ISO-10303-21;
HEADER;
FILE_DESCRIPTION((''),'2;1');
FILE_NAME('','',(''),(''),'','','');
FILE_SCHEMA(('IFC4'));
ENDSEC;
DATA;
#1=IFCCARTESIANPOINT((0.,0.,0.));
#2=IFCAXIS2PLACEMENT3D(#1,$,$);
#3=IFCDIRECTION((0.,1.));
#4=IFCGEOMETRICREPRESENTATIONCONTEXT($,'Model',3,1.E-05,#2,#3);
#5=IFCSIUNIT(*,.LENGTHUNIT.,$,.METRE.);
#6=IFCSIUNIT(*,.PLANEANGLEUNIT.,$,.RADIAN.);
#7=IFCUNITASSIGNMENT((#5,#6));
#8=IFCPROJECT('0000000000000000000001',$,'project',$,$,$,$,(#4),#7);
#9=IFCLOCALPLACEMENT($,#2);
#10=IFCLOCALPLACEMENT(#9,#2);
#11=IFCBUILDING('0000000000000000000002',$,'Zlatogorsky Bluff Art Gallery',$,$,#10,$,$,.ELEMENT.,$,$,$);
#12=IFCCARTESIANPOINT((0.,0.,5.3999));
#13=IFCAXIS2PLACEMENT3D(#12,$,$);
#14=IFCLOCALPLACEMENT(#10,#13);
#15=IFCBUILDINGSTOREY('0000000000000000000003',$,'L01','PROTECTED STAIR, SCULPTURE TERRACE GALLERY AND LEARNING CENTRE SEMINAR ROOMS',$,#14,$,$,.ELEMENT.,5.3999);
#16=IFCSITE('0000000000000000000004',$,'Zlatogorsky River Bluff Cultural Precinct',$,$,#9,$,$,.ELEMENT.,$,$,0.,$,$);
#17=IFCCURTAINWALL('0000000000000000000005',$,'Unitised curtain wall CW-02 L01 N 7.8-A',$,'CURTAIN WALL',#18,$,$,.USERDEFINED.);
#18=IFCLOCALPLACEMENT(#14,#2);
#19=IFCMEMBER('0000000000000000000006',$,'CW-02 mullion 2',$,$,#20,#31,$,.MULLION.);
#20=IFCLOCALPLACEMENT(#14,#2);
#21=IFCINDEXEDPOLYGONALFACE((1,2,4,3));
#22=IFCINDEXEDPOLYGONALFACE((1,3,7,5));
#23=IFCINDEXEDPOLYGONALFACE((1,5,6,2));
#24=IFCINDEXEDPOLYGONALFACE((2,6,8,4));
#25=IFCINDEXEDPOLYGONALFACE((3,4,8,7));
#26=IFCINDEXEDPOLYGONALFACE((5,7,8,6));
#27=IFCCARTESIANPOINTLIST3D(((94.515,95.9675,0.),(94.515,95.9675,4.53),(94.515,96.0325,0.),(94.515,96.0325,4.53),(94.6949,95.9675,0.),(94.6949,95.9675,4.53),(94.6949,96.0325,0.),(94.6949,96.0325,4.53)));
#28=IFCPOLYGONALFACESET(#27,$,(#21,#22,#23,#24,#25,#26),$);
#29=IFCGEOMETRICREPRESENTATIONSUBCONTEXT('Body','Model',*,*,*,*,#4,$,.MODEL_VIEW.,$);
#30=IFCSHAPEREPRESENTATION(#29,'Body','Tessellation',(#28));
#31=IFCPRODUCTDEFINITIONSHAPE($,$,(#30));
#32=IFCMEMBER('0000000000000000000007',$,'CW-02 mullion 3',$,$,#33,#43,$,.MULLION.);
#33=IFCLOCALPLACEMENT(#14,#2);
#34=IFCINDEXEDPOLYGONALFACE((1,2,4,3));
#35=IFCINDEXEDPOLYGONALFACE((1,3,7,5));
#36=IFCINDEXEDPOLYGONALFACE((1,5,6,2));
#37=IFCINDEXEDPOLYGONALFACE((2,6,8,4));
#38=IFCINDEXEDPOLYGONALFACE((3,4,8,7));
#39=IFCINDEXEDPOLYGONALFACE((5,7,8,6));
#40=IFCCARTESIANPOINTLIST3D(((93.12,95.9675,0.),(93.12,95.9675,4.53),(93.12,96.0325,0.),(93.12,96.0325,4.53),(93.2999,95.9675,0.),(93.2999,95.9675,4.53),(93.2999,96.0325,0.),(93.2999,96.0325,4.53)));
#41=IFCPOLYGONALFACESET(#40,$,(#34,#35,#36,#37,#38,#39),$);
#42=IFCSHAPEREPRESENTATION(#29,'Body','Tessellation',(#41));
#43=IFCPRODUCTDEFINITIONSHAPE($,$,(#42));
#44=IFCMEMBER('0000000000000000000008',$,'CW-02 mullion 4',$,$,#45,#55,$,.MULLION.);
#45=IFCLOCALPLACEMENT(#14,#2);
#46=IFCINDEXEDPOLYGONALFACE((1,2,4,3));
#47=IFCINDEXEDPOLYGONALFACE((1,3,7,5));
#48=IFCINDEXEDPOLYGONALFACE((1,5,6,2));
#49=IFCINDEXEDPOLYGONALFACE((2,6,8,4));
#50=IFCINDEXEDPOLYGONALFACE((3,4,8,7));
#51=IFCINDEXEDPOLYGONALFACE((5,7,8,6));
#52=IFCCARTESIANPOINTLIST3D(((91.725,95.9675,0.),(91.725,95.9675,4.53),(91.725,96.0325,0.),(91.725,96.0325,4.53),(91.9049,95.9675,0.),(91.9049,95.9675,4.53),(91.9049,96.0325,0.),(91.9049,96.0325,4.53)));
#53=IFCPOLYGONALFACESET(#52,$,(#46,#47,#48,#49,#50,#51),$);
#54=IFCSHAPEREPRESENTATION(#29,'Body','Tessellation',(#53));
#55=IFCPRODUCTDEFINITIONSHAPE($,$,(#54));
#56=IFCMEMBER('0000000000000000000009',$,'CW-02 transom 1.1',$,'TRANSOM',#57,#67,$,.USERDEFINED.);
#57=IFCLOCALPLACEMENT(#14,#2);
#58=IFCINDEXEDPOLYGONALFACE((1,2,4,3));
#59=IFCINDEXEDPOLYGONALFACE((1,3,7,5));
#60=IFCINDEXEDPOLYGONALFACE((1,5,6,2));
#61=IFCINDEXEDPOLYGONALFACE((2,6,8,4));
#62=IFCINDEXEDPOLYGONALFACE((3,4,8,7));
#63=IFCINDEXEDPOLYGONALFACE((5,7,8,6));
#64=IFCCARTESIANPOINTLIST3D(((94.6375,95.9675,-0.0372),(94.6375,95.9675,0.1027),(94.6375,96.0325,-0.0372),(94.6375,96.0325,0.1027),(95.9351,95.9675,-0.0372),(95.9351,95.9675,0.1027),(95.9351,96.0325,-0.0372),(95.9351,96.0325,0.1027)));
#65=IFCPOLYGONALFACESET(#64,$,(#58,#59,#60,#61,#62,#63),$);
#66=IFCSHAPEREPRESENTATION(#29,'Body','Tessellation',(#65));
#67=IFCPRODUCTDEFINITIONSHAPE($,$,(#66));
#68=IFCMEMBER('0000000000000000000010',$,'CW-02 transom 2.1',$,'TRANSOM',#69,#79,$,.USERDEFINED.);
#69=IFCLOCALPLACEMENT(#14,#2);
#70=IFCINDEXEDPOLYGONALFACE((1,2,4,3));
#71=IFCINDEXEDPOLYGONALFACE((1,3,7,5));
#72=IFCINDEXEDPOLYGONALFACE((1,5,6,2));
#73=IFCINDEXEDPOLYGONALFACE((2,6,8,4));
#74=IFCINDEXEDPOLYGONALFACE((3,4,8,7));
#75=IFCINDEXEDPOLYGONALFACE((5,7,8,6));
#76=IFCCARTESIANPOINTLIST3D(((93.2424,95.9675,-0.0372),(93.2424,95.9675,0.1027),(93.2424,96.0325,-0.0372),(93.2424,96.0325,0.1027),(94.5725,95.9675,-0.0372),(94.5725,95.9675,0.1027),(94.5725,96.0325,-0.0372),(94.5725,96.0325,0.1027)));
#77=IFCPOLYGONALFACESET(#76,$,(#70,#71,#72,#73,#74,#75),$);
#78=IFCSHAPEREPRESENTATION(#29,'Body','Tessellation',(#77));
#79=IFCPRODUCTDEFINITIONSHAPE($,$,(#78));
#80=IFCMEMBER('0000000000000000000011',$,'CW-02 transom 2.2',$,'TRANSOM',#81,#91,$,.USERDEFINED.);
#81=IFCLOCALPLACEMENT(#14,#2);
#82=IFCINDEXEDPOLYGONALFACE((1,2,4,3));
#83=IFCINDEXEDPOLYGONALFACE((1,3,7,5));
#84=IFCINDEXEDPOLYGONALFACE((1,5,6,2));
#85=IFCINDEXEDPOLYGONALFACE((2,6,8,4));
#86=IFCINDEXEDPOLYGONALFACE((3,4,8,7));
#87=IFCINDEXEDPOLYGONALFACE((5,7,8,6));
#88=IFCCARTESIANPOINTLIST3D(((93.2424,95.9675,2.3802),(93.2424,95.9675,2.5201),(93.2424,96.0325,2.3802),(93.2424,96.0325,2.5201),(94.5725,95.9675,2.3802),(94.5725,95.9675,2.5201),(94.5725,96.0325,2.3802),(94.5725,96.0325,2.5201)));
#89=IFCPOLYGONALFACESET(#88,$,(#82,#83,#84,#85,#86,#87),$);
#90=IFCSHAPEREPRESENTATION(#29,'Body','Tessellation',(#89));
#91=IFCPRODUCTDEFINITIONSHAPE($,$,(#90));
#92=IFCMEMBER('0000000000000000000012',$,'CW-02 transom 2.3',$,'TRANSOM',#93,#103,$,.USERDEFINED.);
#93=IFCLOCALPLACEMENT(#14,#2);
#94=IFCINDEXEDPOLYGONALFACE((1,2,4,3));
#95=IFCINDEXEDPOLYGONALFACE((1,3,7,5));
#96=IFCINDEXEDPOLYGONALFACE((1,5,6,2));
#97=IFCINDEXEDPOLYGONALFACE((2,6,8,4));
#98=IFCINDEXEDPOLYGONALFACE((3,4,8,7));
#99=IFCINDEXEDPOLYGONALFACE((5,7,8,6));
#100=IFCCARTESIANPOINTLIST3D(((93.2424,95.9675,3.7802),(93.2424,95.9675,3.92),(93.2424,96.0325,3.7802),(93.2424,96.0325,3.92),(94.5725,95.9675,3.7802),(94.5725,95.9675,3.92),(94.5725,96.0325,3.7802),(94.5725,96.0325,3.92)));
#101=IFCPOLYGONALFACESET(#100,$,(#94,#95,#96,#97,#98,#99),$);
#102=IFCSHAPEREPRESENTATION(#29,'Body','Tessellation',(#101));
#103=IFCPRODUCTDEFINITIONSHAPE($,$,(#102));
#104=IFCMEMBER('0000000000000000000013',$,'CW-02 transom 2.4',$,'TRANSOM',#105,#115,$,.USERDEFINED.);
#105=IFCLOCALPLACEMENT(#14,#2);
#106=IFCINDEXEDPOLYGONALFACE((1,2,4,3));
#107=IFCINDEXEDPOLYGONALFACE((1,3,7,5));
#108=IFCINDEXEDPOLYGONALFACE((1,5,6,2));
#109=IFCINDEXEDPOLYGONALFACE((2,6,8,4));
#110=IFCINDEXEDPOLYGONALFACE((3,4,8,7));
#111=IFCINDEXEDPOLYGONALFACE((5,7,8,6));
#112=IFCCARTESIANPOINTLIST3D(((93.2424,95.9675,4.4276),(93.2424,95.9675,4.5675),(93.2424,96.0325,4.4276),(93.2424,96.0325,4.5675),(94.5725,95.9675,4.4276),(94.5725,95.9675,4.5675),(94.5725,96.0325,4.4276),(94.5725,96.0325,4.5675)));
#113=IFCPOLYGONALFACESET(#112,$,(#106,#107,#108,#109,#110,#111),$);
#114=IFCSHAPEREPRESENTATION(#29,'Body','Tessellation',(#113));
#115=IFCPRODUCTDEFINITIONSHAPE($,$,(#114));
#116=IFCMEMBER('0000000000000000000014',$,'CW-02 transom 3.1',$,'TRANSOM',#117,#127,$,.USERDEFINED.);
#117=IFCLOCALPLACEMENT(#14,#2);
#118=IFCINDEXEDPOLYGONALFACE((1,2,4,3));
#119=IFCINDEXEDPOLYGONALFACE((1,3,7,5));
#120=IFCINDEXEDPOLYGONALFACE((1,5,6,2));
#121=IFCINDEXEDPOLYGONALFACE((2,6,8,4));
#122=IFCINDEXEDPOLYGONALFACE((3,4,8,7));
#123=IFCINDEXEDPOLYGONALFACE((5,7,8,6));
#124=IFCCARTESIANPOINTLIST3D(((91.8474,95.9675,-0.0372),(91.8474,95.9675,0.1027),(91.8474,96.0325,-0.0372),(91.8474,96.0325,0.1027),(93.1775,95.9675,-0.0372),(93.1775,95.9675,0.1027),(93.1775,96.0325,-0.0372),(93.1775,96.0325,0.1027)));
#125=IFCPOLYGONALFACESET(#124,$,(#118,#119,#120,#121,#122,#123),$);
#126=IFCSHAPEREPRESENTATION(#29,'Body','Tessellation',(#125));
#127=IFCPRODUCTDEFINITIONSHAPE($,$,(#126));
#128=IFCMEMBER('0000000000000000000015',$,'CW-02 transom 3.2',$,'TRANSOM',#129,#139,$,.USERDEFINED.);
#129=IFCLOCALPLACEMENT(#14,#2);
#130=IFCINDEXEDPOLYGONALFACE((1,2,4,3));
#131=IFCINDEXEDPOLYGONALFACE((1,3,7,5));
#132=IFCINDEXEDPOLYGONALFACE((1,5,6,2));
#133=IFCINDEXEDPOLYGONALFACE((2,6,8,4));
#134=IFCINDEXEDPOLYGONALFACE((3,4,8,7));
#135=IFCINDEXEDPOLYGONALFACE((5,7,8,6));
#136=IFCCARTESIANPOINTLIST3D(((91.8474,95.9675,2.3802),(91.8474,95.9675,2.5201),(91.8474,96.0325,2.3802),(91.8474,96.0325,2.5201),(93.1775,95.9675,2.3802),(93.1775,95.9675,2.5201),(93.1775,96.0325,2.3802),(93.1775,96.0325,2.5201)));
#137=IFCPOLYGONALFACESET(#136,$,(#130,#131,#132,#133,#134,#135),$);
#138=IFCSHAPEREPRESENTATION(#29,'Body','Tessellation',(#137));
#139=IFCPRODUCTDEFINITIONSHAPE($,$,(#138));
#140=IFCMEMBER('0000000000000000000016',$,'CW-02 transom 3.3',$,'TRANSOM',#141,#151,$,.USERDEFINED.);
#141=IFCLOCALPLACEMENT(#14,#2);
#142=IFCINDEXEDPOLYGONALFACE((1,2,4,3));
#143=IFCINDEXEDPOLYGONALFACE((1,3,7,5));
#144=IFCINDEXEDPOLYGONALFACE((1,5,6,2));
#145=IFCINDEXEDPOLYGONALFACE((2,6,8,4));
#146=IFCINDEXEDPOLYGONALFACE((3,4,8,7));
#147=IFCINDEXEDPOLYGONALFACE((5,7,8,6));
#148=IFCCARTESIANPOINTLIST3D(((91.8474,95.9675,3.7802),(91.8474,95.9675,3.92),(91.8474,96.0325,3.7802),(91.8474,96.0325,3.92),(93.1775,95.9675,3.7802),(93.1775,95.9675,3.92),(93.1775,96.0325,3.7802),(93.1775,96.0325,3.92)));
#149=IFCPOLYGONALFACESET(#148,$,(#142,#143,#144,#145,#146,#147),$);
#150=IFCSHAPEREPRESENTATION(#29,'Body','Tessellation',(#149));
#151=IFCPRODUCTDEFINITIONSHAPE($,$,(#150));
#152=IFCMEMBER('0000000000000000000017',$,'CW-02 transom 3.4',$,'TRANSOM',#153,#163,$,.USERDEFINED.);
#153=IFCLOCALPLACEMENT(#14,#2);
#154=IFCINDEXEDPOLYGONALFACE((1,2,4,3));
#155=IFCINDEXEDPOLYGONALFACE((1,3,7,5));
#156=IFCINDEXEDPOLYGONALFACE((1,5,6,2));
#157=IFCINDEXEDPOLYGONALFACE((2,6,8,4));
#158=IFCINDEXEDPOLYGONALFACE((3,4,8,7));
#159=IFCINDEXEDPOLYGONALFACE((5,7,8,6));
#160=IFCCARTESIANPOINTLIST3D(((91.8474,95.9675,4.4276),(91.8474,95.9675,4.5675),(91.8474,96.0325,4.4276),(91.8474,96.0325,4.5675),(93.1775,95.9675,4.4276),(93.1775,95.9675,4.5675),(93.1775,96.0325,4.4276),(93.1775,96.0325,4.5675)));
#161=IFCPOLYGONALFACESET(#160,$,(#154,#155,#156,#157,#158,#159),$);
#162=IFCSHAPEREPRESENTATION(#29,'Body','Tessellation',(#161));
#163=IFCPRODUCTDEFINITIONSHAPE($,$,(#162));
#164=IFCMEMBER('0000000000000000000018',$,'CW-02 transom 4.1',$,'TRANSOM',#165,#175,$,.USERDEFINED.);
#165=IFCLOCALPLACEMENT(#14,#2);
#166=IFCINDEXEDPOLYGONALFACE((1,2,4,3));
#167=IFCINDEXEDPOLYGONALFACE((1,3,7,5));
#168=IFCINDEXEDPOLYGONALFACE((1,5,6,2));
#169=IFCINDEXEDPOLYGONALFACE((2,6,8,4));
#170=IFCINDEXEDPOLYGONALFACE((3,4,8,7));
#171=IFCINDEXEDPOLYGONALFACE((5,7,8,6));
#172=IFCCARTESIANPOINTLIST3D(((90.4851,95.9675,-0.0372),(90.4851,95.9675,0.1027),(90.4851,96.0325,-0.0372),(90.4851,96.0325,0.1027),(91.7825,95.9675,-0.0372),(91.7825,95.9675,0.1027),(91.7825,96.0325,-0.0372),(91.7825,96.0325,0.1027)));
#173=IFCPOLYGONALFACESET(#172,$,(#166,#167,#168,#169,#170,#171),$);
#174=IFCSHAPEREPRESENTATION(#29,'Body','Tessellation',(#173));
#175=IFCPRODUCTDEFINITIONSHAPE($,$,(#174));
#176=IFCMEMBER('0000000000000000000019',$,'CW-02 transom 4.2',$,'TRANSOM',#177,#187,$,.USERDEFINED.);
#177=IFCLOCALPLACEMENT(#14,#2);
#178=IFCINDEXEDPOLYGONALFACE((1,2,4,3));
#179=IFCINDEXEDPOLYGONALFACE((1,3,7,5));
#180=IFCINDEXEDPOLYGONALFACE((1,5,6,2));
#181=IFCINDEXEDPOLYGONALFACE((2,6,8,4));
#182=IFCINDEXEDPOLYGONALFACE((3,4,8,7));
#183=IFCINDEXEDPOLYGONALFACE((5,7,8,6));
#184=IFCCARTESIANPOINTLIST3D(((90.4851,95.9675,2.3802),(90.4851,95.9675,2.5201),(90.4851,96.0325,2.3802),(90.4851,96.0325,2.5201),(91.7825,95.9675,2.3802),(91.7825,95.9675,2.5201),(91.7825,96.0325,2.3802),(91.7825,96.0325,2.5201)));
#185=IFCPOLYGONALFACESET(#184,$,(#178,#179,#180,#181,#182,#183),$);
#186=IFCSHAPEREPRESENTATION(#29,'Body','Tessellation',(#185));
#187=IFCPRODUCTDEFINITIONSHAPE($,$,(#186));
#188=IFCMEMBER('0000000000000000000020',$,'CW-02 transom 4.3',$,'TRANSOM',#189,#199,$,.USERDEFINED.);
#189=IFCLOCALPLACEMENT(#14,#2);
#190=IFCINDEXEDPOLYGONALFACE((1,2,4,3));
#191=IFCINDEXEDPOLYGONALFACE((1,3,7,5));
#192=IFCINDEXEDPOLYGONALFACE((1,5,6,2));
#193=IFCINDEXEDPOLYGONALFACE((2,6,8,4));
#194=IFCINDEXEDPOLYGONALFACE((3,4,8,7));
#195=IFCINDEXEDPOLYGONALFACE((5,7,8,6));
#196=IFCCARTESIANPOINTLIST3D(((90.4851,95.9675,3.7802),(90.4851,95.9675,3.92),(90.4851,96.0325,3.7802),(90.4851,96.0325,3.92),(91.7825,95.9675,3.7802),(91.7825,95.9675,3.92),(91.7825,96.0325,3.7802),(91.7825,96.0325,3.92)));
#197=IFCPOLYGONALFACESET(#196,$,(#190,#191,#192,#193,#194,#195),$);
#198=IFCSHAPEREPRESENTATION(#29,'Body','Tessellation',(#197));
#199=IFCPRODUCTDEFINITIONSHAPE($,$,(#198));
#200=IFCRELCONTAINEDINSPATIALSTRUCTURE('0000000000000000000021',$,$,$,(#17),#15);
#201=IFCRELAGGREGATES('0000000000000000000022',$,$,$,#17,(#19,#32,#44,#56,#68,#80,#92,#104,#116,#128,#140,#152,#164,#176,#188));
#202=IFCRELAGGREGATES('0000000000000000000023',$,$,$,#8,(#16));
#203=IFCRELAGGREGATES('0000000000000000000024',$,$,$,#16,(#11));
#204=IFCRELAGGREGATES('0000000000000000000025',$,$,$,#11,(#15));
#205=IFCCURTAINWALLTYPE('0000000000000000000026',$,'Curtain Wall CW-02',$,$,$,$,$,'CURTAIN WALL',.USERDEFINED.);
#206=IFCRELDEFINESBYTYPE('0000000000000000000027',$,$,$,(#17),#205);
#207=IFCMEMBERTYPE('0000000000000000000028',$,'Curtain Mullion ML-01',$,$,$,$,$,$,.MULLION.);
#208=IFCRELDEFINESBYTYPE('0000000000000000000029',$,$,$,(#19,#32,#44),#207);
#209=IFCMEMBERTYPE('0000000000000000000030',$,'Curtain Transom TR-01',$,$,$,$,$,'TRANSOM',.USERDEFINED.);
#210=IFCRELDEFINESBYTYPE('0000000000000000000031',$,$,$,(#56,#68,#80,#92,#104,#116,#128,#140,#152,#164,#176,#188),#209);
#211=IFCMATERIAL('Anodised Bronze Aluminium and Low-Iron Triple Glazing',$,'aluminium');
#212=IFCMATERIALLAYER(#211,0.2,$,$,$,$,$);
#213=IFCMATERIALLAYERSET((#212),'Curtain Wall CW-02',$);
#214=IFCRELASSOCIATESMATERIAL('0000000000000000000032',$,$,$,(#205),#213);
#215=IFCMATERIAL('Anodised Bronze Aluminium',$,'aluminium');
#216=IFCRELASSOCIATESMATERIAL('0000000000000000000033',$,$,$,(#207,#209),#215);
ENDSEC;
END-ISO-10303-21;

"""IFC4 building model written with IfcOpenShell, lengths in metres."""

from ifc_helpers import new_model, si_unit, direction, frame, origin, origin_2d, place, context, subcontext, project, spatial, rectangle, extrude, material, layer, layer_set, material_profile, profile_set, type_object, element, aggregate, save


model = new_model("IFC4")

# Units and contexts
model_context = context("Model", 3, precision=1e-05, world=origin(), true_north=direction((0.0, 1.0)))
body_context = subcontext(model_context, "Body", "Model", "MODEL_VIEW")
ifc_project = project(units=[si_unit("LENGTHUNIT", "METRE"), si_unit("PLANEANGLEUNIT", "RADIAN")], contexts=[model_context])

# Site, building, storey
site_placement = place(None, origin())
site = spatial("IfcSite", under=ifc_project, at=site_placement, Name="Zlatogorsky River Bluff Cultural Precinct", CompositionType="ELEMENT", RefElevation=0.0)
building_placement = place(site_placement, origin())
building = spatial("IfcBuilding", under=site, at=building_placement, Name="Zlatogorsky Bluff Art Gallery", CompositionType="ELEMENT")
storey_placement = place(building_placement, frame((0.0, 0.0, 5.3999)))
storey = spatial("IfcBuildingStorey", under=building, at=storey_placement, Name="L01", Description="PROTECTED STAIR, SCULPTURE TERRACE GALLERY AND LEARNING CENTRE SEMINAR ROOMS", CompositionType="ELEMENT", Elevation=5.3999)

# Curtain wall, members
ifc_material_1 = material(Name="Anodised Bronze Aluminium and Low-Iron Triple Glazing", Category="aluminium")
ifc_layer_1 = layer(ifc_material_1, 0.2)
ifc_layer_set_1 = layer_set([ifc_layer_1], Name="Curtain Wall CW-02")
curtain_wall_type = type_object("IfcCurtainWallType", Name="Curtain Wall CW-02", ElementType="CURTAIN WALL", PredefinedType="USERDEFINED", material=ifc_layer_set_1)
curtain_wall_placement = place(storey_placement, origin())
curtain_wall = element("IfcCurtainWall", 1, at=curtain_wall_placement, inside=storey, type_object=curtain_wall_type, Name="Unitised curtain wall CW-02 L01 N 7.8-A", ObjectType="CURTAIN WALL", PredefinedType="USERDEFINED")
ifc_material_2 = material(Name="Anodised Bronze Aluminium", Category="aluminium")
ifc_material_profile_1 = material_profile(ifc_material_2, rectangle(XDim=0.0649, YDim=0.1799, at=origin_2d()), Name="ALU MULLION 65x180")
ifc_profile_set_1 = profile_set([ifc_material_profile_1], Name="Anodised Bronze Aluminium")
member_type_1 = type_object("IfcMemberType", Name="Curtain Mullion ML-01", PredefinedType="MULLION", material=ifc_profile_set_1)
member_1_placement = place(storey_placement, frame((94.605, 96.0, 0.0), z_axis=(0.0, 0.0, 1.0), x_axis=(0.0, -1.0, 0.0)))
member_1 = element("IfcMember", 2, at=member_1_placement, type_object=member_type_1, Name="CW-02 mullion 2", PredefinedType="MULLION", context=body_context, shape_type="SweptSolid", body=[
    extrude(rectangle(XDim=0.0649, YDim=0.1799, at=origin_2d()), origin(), (0.0, 0.0, 1.0), 4.53),
])
member_2_placement = place(storey_placement, frame((93.21, 96.0, 0.0), z_axis=(0.0, 0.0, 1.0), x_axis=(0.0, -1.0, 0.0)))
member_2 = element("IfcMember", 3, at=member_2_placement, type_object=member_type_1, Name="CW-02 mullion 3", PredefinedType="MULLION", context=body_context, shape_type="SweptSolid", body=[
    extrude(rectangle(XDim=0.0649, YDim=0.1799, at=origin_2d()), origin(), (0.0, 0.0, 1.0), 4.53),
])
member_3_placement = place(storey_placement, frame((91.8149, 96.0, 0.0), z_axis=(0.0, 0.0, 1.0), x_axis=(0.0, -1.0, 0.0)))
member_3 = element("IfcMember", 4, at=member_3_placement, type_object=member_type_1, Name="CW-02 mullion 4", PredefinedType="MULLION", context=body_context, shape_type="SweptSolid", body=[
    extrude(rectangle(XDim=0.0649, YDim=0.1799, at=origin_2d()), origin(), (0.0, 0.0, 1.0), 4.53),
])
ifc_material_profile_2 = material_profile(ifc_material_2, rectangle(XDim=0.0649, YDim=0.1399, at=origin_2d()), Name="ALU TRANSOM 65x140")
ifc_profile_set_2 = profile_set([ifc_material_profile_2], Name="Anodised Bronze Aluminium")
member_type_2 = type_object("IfcMemberType", Name="Curtain Transom TR-01", ElementType="TRANSOM", PredefinedType="USERDEFINED", material=ifc_profile_set_2)
member_4_placement = place(storey_placement, frame((95.9351, 96.0, 0.0327), z_axis=(-1.0, 0.0, 0.0), x_axis=(0.0, -1.0, 0.0)))
member_4 = element("IfcMember", 5, at=member_4_placement, type_object=member_type_2, Name="CW-02 transom 1.1", ObjectType="TRANSOM", PredefinedType="USERDEFINED", context=body_context, shape_type="SweptSolid", body=[
    extrude(rectangle(XDim=0.0649, YDim=0.1399, at=origin_2d()), origin(), (0.0, 0.0, 1.0), 1.2976),
])
member_5_placement = place(storey_placement, frame((94.5725, 96.0, 0.0327), z_axis=(-1.0, 0.0, 0.0), x_axis=(0.0, -1.0, 0.0)))
member_5 = element("IfcMember", 6, at=member_5_placement, type_object=member_type_2, Name="CW-02 transom 2.1", ObjectType="TRANSOM", PredefinedType="USERDEFINED", context=body_context, shape_type="SweptSolid", body=[
    extrude(rectangle(XDim=0.0649, YDim=0.1399, at=origin_2d()), origin(), (0.0, 0.0, 1.0), 1.3301),
])
member_6_placement = place(storey_placement, frame((94.5725, 96.0, 2.4502), z_axis=(-1.0, 0.0, 0.0), x_axis=(0.0, -1.0, 0.0)))
member_6 = element("IfcMember", 7, at=member_6_placement, type_object=member_type_2, Name="CW-02 transom 2.2", ObjectType="TRANSOM", PredefinedType="USERDEFINED", context=body_context, shape_type="SweptSolid", body=[
    extrude(rectangle(XDim=0.0649, YDim=0.1399, at=origin_2d()), origin(), (0.0, 0.0, 1.0), 1.3301),
])
member_7_placement = place(storey_placement, frame((94.5725, 96.0, 3.8501), z_axis=(-1.0, 0.0, 0.0), x_axis=(0.0, -1.0, 0.0)))
member_7 = element("IfcMember", 8, at=member_7_placement, type_object=member_type_2, Name="CW-02 transom 2.3", ObjectType="TRANSOM", PredefinedType="USERDEFINED", context=body_context, shape_type="SweptSolid", body=[
    extrude(rectangle(XDim=0.0649, YDim=0.1399, at=origin_2d()), origin(), (0.0, 0.0, 1.0), 1.3301),
])
member_8_placement = place(storey_placement, frame((94.5725, 96.0, 4.4976), z_axis=(-1.0, 0.0, 0.0), x_axis=(0.0, -1.0, 0.0)))
member_8 = element("IfcMember", 9, at=member_8_placement, type_object=member_type_2, Name="CW-02 transom 2.4", ObjectType="TRANSOM", PredefinedType="USERDEFINED", context=body_context, shape_type="SweptSolid", body=[
    extrude(rectangle(XDim=0.0649, YDim=0.1399, at=origin_2d()), origin(), (0.0, 0.0, 1.0), 1.3301),
])
member_9_placement = place(storey_placement, frame((93.1775, 96.0, 0.0327), z_axis=(-1.0, 0.0, 0.0), x_axis=(0.0, -1.0, 0.0)))
member_9 = element("IfcMember", 10, at=member_9_placement, type_object=member_type_2, Name="CW-02 transom 3.1", ObjectType="TRANSOM", PredefinedType="USERDEFINED", context=body_context, shape_type="SweptSolid", body=[
    extrude(rectangle(XDim=0.0649, YDim=0.1399, at=origin_2d()), origin(), (0.0, 0.0, 1.0), 1.3301),
])
member_10_placement = place(storey_placement, frame((93.1775, 96.0, 2.4502), z_axis=(-1.0, 0.0, 0.0), x_axis=(0.0, -1.0, 0.0)))
member_10 = element("IfcMember", 11, at=member_10_placement, type_object=member_type_2, Name="CW-02 transom 3.2", ObjectType="TRANSOM", PredefinedType="USERDEFINED", context=body_context, shape_type="SweptSolid", body=[
    extrude(rectangle(XDim=0.0649, YDim=0.1399, at=origin_2d()), origin(), (0.0, 0.0, 1.0), 1.3301),
])
member_11_placement = place(storey_placement, frame((93.1775, 96.0, 3.8501), z_axis=(-1.0, 0.0, 0.0), x_axis=(0.0, -1.0, 0.0)))
member_11 = element("IfcMember", 12, at=member_11_placement, type_object=member_type_2, Name="CW-02 transom 3.3", ObjectType="TRANSOM", PredefinedType="USERDEFINED", context=body_context, shape_type="SweptSolid", body=[
    extrude(rectangle(XDim=0.0649, YDim=0.1399, at=origin_2d()), origin(), (0.0, 0.0, 1.0), 1.3301),
])
member_12_placement = place(storey_placement, frame((93.1775, 96.0, 4.4976), z_axis=(-1.0, 0.0, 0.0), x_axis=(0.0, -1.0, 0.0)))
member_12 = element("IfcMember", 13, at=member_12_placement, type_object=member_type_2, Name="CW-02 transom 3.4", ObjectType="TRANSOM", PredefinedType="USERDEFINED", context=body_context, shape_type="SweptSolid", body=[
    extrude(rectangle(XDim=0.0649, YDim=0.1399, at=origin_2d()), origin(), (0.0, 0.0, 1.0), 1.3301),
])
member_13_placement = place(storey_placement, frame((91.7825, 96.0, 0.0327), z_axis=(-1.0, 0.0, 0.0), x_axis=(0.0, -1.0, 0.0)))
member_13 = element("IfcMember", 14, at=member_13_placement, type_object=member_type_2, Name="CW-02 transom 4.1", ObjectType="TRANSOM", PredefinedType="USERDEFINED", context=body_context, shape_type="SweptSolid", body=[
    extrude(rectangle(XDim=0.0649, YDim=0.1399, at=origin_2d()), origin(), (0.0, 0.0, 1.0), 1.2974),
])
member_14_placement = place(storey_placement, frame((91.7825, 96.0, 2.4502), z_axis=(-1.0, 0.0, 0.0), x_axis=(0.0, -1.0, 0.0)))
member_14 = element("IfcMember", 15, at=member_14_placement, type_object=member_type_2, Name="CW-02 transom 4.2", ObjectType="TRANSOM", PredefinedType="USERDEFINED", context=body_context, shape_type="SweptSolid", body=[
    extrude(rectangle(XDim=0.0649, YDim=0.1399, at=origin_2d()), origin(), (0.0, 0.0, 1.0), 1.2974),
])
member_15_placement = place(storey_placement, frame((91.7825, 96.0, 3.8501), z_axis=(-1.0, 0.0, 0.0), x_axis=(0.0, -1.0, 0.0)))
member_15 = element("IfcMember", 16, at=member_15_placement, type_object=member_type_2, Name="CW-02 transom 4.3", ObjectType="TRANSOM", PredefinedType="USERDEFINED", context=body_context, shape_type="SweptSolid", body=[
    extrude(rectangle(XDim=0.0649, YDim=0.1399, at=origin_2d()), origin(), (0.0, 0.0, 1.0), 1.2974),
])
aggregate(curtain_wall, [member_1, member_2, member_3, member_4, member_5, member_6, member_7, member_8, member_9, member_10, member_11, member_12, member_13, member_14, member_15])

save(model, "model.ifc")
